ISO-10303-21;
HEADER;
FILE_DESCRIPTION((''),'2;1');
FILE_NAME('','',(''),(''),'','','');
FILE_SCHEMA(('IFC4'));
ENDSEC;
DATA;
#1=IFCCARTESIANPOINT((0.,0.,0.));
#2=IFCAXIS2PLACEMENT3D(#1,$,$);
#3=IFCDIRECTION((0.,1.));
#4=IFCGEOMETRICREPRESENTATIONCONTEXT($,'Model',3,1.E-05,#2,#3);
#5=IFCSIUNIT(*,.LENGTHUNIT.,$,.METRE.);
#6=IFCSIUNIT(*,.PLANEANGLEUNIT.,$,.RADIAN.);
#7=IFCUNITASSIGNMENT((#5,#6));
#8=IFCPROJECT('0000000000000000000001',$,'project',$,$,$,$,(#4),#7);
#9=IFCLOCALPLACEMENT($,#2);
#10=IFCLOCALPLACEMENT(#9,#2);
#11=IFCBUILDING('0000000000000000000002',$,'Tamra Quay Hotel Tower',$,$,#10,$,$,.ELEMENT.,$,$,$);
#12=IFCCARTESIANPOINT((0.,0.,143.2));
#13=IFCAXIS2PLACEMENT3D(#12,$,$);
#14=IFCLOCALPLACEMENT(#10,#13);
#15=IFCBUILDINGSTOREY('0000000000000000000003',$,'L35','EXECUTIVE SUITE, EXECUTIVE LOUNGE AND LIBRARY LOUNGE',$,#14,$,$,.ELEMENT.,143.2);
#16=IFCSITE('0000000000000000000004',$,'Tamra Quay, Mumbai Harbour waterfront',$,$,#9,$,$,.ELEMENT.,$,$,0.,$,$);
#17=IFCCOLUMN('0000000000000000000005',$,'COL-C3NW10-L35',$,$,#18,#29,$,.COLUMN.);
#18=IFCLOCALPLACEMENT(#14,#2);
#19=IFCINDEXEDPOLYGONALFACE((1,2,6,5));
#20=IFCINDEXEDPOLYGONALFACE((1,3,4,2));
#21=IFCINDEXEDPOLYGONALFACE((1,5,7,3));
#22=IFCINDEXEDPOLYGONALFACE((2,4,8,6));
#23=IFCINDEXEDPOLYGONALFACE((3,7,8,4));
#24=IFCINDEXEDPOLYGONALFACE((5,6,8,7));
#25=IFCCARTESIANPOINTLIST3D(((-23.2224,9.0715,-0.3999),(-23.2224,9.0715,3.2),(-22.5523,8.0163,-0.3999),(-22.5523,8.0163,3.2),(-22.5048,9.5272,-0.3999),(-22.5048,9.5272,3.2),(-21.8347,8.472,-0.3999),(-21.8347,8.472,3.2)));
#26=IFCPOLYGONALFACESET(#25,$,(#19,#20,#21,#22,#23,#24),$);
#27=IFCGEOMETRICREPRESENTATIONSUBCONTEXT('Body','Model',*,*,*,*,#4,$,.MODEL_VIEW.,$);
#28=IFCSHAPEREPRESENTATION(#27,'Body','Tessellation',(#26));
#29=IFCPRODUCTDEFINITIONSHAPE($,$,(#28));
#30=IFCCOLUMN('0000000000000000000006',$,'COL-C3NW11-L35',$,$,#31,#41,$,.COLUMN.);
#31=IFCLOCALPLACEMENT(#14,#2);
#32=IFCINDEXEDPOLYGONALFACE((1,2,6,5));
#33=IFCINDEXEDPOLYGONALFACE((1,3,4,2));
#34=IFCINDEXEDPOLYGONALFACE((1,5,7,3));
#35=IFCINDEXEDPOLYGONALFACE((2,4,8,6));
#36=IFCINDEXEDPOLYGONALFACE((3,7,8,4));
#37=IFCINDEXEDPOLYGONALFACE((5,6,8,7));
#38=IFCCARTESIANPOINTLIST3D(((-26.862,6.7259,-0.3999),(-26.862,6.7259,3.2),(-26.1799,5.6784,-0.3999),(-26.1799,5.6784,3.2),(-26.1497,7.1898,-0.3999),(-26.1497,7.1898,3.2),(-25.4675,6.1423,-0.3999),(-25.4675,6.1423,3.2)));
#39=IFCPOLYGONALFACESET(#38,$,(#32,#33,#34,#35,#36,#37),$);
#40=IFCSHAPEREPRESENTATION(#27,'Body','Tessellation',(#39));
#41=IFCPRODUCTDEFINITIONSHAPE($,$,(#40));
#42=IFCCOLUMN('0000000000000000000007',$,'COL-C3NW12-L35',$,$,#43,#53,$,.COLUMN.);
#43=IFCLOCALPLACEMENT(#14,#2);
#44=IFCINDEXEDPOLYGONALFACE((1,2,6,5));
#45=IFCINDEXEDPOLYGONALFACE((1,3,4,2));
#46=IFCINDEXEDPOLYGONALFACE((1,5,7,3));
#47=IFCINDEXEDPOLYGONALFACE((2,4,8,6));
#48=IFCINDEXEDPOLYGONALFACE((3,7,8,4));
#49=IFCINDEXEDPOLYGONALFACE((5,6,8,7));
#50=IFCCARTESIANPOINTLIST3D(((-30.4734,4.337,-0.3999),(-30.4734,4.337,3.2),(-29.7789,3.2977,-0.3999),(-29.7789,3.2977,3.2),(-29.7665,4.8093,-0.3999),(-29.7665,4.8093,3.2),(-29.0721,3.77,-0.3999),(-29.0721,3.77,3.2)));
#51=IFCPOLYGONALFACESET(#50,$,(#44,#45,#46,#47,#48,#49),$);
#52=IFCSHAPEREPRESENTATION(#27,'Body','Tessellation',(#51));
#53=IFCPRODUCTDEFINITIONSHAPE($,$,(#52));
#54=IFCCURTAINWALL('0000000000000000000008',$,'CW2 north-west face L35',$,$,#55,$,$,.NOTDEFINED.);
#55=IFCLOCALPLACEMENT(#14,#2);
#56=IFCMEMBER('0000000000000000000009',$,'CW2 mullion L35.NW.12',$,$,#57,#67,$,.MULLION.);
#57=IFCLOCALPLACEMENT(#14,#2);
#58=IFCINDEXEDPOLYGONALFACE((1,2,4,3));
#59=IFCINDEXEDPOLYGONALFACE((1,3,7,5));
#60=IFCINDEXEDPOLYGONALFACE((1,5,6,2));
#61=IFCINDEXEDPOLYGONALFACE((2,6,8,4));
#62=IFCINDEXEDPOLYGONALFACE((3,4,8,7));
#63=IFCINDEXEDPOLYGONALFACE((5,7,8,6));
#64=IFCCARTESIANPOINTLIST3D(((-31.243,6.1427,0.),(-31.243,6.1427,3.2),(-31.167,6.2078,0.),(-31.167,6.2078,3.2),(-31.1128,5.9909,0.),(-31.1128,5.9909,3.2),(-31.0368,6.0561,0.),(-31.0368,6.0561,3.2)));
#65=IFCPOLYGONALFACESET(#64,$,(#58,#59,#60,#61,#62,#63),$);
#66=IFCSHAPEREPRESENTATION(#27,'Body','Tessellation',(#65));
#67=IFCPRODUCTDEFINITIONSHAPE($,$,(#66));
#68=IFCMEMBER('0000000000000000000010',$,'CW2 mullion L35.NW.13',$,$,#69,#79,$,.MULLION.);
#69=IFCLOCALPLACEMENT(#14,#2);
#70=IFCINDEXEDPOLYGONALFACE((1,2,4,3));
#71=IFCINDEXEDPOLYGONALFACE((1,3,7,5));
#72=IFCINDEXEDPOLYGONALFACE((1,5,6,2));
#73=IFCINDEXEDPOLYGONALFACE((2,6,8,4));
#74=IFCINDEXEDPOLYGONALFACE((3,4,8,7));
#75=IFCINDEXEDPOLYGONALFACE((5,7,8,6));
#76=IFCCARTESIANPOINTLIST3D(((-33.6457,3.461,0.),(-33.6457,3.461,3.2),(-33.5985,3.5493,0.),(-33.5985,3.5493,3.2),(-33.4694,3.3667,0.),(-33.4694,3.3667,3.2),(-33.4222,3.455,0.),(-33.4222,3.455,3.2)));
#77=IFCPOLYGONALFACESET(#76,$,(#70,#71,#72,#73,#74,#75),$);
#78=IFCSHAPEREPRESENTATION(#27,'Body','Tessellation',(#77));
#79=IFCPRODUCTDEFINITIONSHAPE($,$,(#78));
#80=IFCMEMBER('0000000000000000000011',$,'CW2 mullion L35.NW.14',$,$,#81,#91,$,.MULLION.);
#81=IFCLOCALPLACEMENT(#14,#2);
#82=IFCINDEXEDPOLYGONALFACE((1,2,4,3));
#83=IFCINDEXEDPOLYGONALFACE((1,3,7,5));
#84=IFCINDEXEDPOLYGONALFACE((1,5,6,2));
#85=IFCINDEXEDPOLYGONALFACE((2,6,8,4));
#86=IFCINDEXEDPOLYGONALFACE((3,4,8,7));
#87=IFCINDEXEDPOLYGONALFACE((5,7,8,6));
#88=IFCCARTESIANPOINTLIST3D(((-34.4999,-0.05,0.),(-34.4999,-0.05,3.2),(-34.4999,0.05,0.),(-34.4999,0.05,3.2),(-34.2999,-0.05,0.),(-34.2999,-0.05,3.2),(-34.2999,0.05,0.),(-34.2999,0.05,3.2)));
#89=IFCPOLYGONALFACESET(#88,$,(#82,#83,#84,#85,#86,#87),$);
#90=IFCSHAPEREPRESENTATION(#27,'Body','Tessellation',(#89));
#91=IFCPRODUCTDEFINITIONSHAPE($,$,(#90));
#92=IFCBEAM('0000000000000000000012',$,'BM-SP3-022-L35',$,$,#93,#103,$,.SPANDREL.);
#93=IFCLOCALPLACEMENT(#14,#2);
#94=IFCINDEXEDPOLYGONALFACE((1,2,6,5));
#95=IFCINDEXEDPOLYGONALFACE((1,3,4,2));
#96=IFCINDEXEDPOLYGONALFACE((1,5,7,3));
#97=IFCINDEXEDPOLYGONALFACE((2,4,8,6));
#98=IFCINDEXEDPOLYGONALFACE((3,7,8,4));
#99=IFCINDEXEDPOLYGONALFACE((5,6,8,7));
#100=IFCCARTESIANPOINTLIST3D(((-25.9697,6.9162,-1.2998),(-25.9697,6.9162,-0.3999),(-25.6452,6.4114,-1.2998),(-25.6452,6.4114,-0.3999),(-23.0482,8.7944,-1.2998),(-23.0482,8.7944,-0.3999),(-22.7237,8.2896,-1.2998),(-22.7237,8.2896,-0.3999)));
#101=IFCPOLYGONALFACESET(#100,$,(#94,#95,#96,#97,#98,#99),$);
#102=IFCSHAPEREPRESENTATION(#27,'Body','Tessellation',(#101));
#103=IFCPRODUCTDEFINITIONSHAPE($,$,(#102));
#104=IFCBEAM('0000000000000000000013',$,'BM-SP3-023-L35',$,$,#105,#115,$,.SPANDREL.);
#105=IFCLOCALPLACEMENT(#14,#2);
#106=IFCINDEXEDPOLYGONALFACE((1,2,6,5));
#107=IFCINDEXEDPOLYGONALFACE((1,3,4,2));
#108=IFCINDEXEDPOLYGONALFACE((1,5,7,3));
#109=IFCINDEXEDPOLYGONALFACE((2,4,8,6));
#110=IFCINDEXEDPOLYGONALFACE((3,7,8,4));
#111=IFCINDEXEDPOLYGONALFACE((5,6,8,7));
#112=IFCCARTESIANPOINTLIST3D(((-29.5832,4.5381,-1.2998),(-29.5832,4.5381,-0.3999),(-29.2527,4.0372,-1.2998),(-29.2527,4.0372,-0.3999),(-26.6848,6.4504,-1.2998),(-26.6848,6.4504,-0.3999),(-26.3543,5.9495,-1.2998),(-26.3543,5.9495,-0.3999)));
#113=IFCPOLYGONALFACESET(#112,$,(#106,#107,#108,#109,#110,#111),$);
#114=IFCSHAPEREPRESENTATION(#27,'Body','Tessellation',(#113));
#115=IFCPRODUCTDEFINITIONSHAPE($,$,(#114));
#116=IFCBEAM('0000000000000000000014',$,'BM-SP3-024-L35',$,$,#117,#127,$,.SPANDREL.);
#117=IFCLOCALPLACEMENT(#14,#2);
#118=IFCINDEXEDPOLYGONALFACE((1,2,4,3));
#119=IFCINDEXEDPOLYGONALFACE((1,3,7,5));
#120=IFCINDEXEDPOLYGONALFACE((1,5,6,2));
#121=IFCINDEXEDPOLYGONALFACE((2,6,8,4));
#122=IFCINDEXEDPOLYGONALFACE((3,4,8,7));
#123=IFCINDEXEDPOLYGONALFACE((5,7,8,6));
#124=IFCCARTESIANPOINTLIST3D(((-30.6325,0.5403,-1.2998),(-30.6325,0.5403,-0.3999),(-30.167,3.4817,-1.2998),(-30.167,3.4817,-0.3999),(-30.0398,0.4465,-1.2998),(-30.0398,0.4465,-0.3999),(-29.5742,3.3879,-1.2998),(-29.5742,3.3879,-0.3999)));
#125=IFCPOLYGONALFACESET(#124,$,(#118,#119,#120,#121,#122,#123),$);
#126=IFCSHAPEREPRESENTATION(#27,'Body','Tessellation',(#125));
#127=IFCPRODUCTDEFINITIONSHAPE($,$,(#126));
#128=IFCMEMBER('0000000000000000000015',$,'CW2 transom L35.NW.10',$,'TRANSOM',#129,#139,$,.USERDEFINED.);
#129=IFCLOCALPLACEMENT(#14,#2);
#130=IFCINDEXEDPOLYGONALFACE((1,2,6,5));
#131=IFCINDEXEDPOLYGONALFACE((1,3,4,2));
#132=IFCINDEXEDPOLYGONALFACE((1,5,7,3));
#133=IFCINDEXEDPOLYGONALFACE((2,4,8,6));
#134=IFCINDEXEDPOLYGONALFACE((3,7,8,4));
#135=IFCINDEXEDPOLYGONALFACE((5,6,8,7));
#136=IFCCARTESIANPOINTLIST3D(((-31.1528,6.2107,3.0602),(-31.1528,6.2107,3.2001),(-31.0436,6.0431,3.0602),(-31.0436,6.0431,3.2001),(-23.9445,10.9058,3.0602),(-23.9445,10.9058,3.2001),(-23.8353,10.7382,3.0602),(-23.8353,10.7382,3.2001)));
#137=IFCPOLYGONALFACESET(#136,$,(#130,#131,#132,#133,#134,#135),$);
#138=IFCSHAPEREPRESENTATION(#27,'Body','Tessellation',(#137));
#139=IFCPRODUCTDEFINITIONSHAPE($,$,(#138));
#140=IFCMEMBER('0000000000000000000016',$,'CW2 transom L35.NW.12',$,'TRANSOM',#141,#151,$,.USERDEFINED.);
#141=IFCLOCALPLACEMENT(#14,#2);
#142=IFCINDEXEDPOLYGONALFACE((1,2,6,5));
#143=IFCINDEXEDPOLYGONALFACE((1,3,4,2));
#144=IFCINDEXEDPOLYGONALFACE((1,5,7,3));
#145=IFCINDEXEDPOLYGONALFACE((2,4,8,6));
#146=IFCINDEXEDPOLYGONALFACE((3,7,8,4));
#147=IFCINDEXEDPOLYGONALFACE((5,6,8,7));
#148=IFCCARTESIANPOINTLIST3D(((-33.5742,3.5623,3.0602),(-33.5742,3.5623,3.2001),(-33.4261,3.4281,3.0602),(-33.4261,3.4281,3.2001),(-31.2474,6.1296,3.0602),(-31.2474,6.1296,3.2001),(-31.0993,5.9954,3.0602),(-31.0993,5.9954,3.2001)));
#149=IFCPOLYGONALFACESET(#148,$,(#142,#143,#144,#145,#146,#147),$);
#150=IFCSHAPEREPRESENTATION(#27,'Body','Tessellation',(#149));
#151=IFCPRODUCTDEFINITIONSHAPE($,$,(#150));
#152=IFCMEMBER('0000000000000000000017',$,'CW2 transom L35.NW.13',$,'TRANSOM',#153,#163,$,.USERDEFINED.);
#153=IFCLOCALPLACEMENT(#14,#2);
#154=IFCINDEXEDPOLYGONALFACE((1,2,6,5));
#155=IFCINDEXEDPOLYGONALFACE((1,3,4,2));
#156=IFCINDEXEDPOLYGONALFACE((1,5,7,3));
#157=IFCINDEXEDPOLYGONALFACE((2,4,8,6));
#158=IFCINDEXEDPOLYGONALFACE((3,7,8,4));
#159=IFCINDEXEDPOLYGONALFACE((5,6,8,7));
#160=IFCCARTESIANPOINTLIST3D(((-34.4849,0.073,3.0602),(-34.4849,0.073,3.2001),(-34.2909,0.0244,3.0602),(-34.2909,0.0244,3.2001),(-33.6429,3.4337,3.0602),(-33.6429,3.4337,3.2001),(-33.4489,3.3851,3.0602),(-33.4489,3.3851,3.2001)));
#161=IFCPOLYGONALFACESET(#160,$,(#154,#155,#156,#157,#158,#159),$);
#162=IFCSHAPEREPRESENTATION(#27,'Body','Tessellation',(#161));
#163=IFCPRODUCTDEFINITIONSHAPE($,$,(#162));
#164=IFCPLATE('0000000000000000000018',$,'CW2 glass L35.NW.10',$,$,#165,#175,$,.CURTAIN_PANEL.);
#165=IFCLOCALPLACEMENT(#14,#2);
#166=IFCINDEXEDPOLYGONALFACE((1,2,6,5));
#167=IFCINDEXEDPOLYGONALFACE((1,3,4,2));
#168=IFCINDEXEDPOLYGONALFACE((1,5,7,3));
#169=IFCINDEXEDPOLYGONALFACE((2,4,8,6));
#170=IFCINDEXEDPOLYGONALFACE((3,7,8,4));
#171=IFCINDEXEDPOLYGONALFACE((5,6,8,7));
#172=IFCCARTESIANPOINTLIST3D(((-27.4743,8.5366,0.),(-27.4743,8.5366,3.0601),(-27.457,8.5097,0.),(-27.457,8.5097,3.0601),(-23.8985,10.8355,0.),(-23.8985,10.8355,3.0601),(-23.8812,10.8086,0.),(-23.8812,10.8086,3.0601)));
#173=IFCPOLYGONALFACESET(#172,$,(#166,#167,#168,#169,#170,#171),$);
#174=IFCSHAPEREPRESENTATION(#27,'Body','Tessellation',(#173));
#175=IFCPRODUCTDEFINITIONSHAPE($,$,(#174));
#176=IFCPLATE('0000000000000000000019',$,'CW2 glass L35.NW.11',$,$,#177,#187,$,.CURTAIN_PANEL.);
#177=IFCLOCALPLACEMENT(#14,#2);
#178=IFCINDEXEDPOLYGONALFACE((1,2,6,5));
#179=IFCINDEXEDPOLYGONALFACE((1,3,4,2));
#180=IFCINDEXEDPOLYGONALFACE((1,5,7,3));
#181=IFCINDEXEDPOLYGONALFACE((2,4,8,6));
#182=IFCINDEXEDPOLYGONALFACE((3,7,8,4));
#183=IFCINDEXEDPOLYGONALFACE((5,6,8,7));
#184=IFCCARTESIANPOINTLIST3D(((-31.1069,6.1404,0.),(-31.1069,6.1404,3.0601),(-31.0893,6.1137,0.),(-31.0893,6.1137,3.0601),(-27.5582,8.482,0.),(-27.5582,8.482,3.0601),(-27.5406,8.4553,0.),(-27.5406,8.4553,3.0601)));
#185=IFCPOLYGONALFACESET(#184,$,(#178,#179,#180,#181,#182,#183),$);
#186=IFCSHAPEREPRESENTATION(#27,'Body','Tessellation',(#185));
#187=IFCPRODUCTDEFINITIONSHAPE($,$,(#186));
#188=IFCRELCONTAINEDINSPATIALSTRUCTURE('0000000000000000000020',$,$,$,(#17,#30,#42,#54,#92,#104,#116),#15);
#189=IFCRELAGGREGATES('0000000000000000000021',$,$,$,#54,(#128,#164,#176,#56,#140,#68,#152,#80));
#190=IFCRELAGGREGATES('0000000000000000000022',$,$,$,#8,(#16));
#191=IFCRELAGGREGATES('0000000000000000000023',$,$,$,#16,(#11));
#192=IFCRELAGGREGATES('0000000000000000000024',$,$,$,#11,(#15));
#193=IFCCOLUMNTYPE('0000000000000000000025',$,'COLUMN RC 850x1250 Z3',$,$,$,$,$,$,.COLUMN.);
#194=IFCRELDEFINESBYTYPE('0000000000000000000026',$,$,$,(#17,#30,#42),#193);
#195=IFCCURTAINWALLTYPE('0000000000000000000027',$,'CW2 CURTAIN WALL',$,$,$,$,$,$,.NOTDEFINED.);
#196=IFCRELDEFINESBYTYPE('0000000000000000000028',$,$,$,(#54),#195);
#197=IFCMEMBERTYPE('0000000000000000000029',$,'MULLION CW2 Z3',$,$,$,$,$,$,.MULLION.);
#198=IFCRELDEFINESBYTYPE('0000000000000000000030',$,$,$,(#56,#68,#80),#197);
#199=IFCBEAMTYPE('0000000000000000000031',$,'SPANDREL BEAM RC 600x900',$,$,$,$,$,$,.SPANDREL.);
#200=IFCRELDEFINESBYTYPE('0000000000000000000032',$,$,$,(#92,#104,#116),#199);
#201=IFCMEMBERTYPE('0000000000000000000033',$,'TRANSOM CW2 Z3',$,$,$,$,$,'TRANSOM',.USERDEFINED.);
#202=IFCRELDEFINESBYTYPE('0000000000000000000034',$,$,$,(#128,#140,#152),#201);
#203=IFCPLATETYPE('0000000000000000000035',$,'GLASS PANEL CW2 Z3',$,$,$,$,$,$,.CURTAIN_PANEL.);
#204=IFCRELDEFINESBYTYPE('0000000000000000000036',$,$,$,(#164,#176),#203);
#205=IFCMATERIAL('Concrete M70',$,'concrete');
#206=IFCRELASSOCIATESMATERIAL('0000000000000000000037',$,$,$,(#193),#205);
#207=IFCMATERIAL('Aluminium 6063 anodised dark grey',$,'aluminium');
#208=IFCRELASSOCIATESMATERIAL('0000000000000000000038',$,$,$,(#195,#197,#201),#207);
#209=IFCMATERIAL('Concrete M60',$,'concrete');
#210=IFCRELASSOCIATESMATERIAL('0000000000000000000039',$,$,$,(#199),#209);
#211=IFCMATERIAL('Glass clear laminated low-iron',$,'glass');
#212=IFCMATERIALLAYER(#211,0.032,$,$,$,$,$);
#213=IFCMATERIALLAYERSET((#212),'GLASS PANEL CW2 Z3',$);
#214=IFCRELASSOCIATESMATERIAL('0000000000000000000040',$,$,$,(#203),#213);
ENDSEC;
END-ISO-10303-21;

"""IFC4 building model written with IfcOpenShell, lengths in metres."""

from ifc_helpers import new_model, si_unit, direction, frame, origin, origin_2d, place, context, subcontext, project, spatial, rectangle, extrude, material, layer, layer_set, material_profile, profile_set, type_object, element, aggregate, save


model = new_model("IFC4")

# Units and contexts
model_context = context("Model", 3, precision=1e-05, world=origin(), true_north=direction((0.0, 1.0)))
body_context = subcontext(model_context, "Body", "Model", "MODEL_VIEW")
ifc_project = project(units=[si_unit("LENGTHUNIT", "METRE"), si_unit("PLANEANGLEUNIT", "RADIAN")], contexts=[model_context])

# Site, building, storey
site_placement = place(None, origin())
site = spatial("IfcSite", under=ifc_project, at=site_placement, Name="Tamra Quay, Mumbai Harbour waterfront", CompositionType="ELEMENT", RefElevation=0.0)
building_placement = place(site_placement, origin())
building = spatial("IfcBuilding", under=site, at=building_placement, Name="Tamra Quay Hotel Tower", CompositionType="ELEMENT")
storey_placement = place(building_placement, frame((0.0, 0.0, 143.2)))
storey = spatial("IfcBuildingStorey", under=building, at=storey_placement, Name="L35", Description="EXECUTIVE SUITE, EXECUTIVE LOUNGE AND LIBRARY LOUNGE", CompositionType="ELEMENT", Elevation=143.2)

# Columns
ifc_material_1 = material(Name="Concrete M70", Category="concrete")
ifc_material_profile_1 = material_profile(ifc_material_1, rectangle(XDim=1.25, YDim=0.8501, at=origin_2d()), Name="COLUMN RC 850x1250 Z3")
ifc_profile_set_1 = profile_set([ifc_material_profile_1], Name="Concrete M70")
column_type = type_object("IfcColumnType", Name="COLUMN RC 850x1250 Z3", PredefinedType="COLUMN", material=ifc_profile_set_1)
for number, where, z_axis, x_axis, name in (
    (1, (-22.5286, 8.7717, -0.3999), (0.0, 0.0, 1.0), (-0.536102, 0.844153, 0.0), "COL-C3NW10-L35"),
    (2, (-26.1648, 6.4341, -0.3999), (0.0, 0.0, 1.0), (-0.545703, 0.837979, 0.0), "COL-C3NW11-L35"),
    (3, (-29.7727, 4.0535, -0.3999), (0.0, 0.0, 1.0), (-0.555583, 0.831461, 0.0), "COL-C3NW12-L35"),
):
    element("IfcColumn", number, at=place(storey_placement, frame(where, z_axis=z_axis, x_axis=x_axis)), inside=storey, type_object=column_type, Name=name, PredefinedType="COLUMN", context=body_context, shape_type="SweptSolid", body=[
        extrude(rectangle(XDim=1.25, YDim=0.8501, at=origin_2d()), origin(), (0.0, 0.0, 1.0), 3.5999),
    ])

# Curtain wall, members
ifc_material_2 = material(Name="Aluminium 6063 anodised dark grey", Category="aluminium")
curtain_wall_type = type_object("IfcCurtainWallType", Name="CW2 CURTAIN WALL", PredefinedType="NOTDEFINED", material=ifc_material_2)
curtain_wall_placement = place(storey_placement, origin())
curtain_wall = element("IfcCurtainWall", 4, at=curtain_wall_placement, inside=storey, type_object=curtain_wall_type, Name="CW2 north-west face L35", PredefinedType="NOTDEFINED")
ifc_material_profile_2 = material_profile(ifc_material_2, rectangle(XDim=0.2, YDim=0.1001, at=origin_2d()), Name="MULLION 100X200")
ifc_profile_set_2 = profile_set([ifc_material_profile_2], Name="Aluminium 6063 anodised dark grey")
member_type_1 = type_object("IfcMemberType", Name="MULLION CW2 Z3", PredefinedType="MULLION", material=ifc_profile_set_2)
member_1_placement = place(storey_placement, frame((-31.1399, 6.0994, 0.0), z_axis=(0.0, 0.0, 1.0), x_axis=(-0.650989, 0.759087, 0.0)))
member_1 = element("IfcMember", 5, at=member_1_placement, type_object=member_type_1, Name="CW2 mullion L35.NW.12", PredefinedType="MULLION", context=body_context, shape_type="SweptSolid", body=[
    extrude(rectangle(XDim=0.2, YDim=0.1001, at=origin_2d()), origin(), (0.0, 0.0, 1.0), 3.2),
])
member_2_placement = place(storey_placement, frame((-33.5339, 3.458, 0.0), z_axis=(0.0, 0.0, 1.0), x_axis=(-0.881925, 0.471389, 0.0)))
member_2 = element("IfcMember", 6, at=member_2_placement, type_object=member_type_1, Name="CW2 mullion L35.NW.13", PredefinedType="MULLION", context=body_context, shape_type="SweptSolid", body=[
    extrude(rectangle(XDim=0.2, YDim=0.1001, at=origin_2d()), origin(), (0.0, 0.0, 1.0), 3.2),
])
member_3_placement = place(storey_placement, frame((-34.3999, 0.0, 0.0), z_axis=(0.0, 0.0, 1.0), x_axis=(-1.0, 0.0, 0.0)))
member_3 = element("IfcMember", 7, at=member_3_placement, type_object=member_type_1, Name="CW2 mullion L35.NW.14", PredefinedType="MULLION", context=body_context, shape_type="SweptSolid", body=[
    extrude(rectangle(XDim=0.2, YDim=0.1001, at=origin_2d()), origin(), (0.0, 0.0, 1.0), 3.2),
])

# Beams
ifc_material_3 = material(Name="Concrete M60", Category="concrete")
ifc_material_profile_3 = material_profile(ifc_material_3, rectangle(XDim=0.6001, YDim=0.8999, at=origin_2d()), Name="SPANDREL BEAM RC 600x900")
ifc_profile_set_3 = profile_set([ifc_material_profile_3], Name="Concrete M60")
beam_type = type_object("IfcBeamType", Name="SPANDREL BEAM RC 600x900", PredefinedType="SPANDREL", material=ifc_profile_set_3)
beam_1_placement = place(storey_placement, frame((-22.886, 8.542, -0.8499), z_axis=(-0.84116, -0.540786, 0.0), x_axis=(0.540786, -0.84116, 0.0)))
element("IfcBeam", 8, at=beam_1_placement, inside=storey, type_object=beam_type, Name="BM-SP3-022-L35", PredefinedType="SPANDREL", context=body_context, shape_type="SweptSolid", body=[
    extrude(rectangle(XDim=0.6001, YDim=0.8999, at=origin_2d()), origin(), (0.0, 0.0, 1.0), 3.4731),
])
beam_2_placement = place(storey_placement, frame((-26.5195, 6.2, -0.8499), z_axis=(-0.834691, -0.550719, 0.0), x_axis=(0.550719, -0.834691, 0.0)))
element("IfcBeam", 9, at=beam_2_placement, inside=storey, type_object=beam_type, Name="BM-SP3-023-L35", PredefinedType="SPANDREL", context=body_context, shape_type="SweptSolid", body=[
    extrude(rectangle(XDim=0.6001, YDim=0.8999, at=origin_2d()), origin(), (0.0, 0.0, 1.0), 3.4724),
])
beam_3_placement = place(storey_placement, frame((-29.8706, 3.4348, -0.8499), z_axis=(-0.156337, -0.987704, 0.0), x_axis=(0.987704, -0.156337, 0.0)))
element("IfcBeam", 10, at=beam_3_placement, inside=storey, type_object=beam_type, Name="BM-SP3-024-L35", PredefinedType="SPANDREL", context=body_context, shape_type="SweptSolid", body=[
    extrude(rectangle(XDim=0.6001, YDim=0.8999, at=origin_2d()), origin(), (0.0, 0.0, 1.0), 2.978),
])

# Members
ifc_material_profile_4 = material_profile(ifc_material_2, rectangle(XDim=0.2, YDim=0.1399, at=origin_2d()), Name="TRANSOM 200X140")
ifc_profile_set_4 = profile_set([ifc_material_profile_4], Name="Aluminium 6063 anodised dark grey")
member_type_2 = type_object("IfcMemberType", Name="TRANSOM CW2 Z3", ElementType="TRANSOM", PredefinedType="USERDEFINED", material=ifc_profile_set_4)
member_4_placement = place(storey_placement, frame((-23.8899, 10.822, 3.1301), z_axis=(-0.837928, -0.545781, 0.0), x_axis=(0.545781, -0.837928, 0.0)))
member_4 = element("IfcMember", 11, at=member_4_placement, type_object=member_type_2, Name="CW2 transom L35.NW.10", ObjectType="TRANSOM", PredefinedType="USERDEFINED", context=body_context, shape_type="SweptSolid", body=[
    extrude(rectangle(XDim=0.2, YDim=0.1399, at=origin_2d()), origin(), (0.0, 0.0, 1.0), 8.6025),
])
member_5_placement = place(storey_placement, frame((-31.1733, 6.0625, 3.1301), z_axis=(-0.671553, -0.740956, 0.0), x_axis=(0.740956, -0.671553, 0.0)))
member_5 = element("IfcMember", 12, at=member_5_placement, type_object=member_type_2, Name="CW2 transom L35.NW.12", ObjectType="TRANSOM", PredefinedType="USERDEFINED", context=body_context, shape_type="SweptSolid", body=[
    extrude(rectangle(XDim=0.2, YDim=0.1399, at=origin_2d()), origin(), (0.0, 0.0, 1.0), 3.4648),
])
member_6_placement = place(storey_placement, frame((-33.5459, 3.4094, 3.1301), z_axis=(-0.243033, -0.970018, 0.0), x_axis=(0.970018, -0.243033, 0.0)))
member_6 = element("IfcMember", 13, at=member_6_placement, type_object=member_type_2, Name="CW2 transom L35.NW.13", ObjectType="TRANSOM", PredefinedType="USERDEFINED", context=body_context, shape_type="SweptSolid", body=[
    extrude(rectangle(XDim=0.2, YDim=0.1399, at=origin_2d()), origin(), (0.0, 0.0, 1.0), 3.4646),
])

# Plates
ifc_material_4 = material(Name="Glass clear laminated low-iron", Category="glass")
ifc_layer_1 = layer(ifc_material_4, 0.032)
ifc_layer_set_1 = layer_set([ifc_layer_1], Name="GLASS PANEL CW2 Z3")
plate_type = type_object("IfcPlateType", Name="GLASS PANEL CW2 Z3", PredefinedType="CURTAIN_PANEL", material=ifc_layer_set_1)
plate_1_placement = place(storey_placement, frame((-25.6777, 9.6726, 0.0), z_axis=(0.0, 0.0, 1.0), x_axis=(-0.841164, -0.54078, 0.0)))
plate_1 = element("IfcPlate", 14, at=plate_1_placement, type_object=plate_type, Name="CW2 glass L35.NW.10", PredefinedType="CURTAIN_PANEL", context=body_context, shape_type="SweptSolid", body=[
    extrude(rectangle(XDim=4.251, YDim=0.032, at=origin_2d()), origin(), (0.0, 0.0, 1.0), 3.0601),
])
plate_2_placement = place(storey_placement, frame((-29.3237, 7.2979, 0.0), z_axis=(0.0, 0.0, 1.0), x_axis=(-0.834663, -0.550761, 0.0)))
plate_2 = element("IfcPlate", 15, at=plate_2_placement, type_object=plate_type, Name="CW2 glass L35.NW.11", PredefinedType="CURTAIN_PANEL", context=body_context, shape_type="SweptSolid", body=[
    extrude(rectangle(XDim=4.2517, YDim=0.032, at=origin_2d()), origin(), (0.0, 0.0, 1.0), 3.0601),
])
aggregate(curtain_wall, [member_4, plate_1, plate_2, member_1, member_5, member_2, member_6, member_3])

save(model, "model.ifc")
